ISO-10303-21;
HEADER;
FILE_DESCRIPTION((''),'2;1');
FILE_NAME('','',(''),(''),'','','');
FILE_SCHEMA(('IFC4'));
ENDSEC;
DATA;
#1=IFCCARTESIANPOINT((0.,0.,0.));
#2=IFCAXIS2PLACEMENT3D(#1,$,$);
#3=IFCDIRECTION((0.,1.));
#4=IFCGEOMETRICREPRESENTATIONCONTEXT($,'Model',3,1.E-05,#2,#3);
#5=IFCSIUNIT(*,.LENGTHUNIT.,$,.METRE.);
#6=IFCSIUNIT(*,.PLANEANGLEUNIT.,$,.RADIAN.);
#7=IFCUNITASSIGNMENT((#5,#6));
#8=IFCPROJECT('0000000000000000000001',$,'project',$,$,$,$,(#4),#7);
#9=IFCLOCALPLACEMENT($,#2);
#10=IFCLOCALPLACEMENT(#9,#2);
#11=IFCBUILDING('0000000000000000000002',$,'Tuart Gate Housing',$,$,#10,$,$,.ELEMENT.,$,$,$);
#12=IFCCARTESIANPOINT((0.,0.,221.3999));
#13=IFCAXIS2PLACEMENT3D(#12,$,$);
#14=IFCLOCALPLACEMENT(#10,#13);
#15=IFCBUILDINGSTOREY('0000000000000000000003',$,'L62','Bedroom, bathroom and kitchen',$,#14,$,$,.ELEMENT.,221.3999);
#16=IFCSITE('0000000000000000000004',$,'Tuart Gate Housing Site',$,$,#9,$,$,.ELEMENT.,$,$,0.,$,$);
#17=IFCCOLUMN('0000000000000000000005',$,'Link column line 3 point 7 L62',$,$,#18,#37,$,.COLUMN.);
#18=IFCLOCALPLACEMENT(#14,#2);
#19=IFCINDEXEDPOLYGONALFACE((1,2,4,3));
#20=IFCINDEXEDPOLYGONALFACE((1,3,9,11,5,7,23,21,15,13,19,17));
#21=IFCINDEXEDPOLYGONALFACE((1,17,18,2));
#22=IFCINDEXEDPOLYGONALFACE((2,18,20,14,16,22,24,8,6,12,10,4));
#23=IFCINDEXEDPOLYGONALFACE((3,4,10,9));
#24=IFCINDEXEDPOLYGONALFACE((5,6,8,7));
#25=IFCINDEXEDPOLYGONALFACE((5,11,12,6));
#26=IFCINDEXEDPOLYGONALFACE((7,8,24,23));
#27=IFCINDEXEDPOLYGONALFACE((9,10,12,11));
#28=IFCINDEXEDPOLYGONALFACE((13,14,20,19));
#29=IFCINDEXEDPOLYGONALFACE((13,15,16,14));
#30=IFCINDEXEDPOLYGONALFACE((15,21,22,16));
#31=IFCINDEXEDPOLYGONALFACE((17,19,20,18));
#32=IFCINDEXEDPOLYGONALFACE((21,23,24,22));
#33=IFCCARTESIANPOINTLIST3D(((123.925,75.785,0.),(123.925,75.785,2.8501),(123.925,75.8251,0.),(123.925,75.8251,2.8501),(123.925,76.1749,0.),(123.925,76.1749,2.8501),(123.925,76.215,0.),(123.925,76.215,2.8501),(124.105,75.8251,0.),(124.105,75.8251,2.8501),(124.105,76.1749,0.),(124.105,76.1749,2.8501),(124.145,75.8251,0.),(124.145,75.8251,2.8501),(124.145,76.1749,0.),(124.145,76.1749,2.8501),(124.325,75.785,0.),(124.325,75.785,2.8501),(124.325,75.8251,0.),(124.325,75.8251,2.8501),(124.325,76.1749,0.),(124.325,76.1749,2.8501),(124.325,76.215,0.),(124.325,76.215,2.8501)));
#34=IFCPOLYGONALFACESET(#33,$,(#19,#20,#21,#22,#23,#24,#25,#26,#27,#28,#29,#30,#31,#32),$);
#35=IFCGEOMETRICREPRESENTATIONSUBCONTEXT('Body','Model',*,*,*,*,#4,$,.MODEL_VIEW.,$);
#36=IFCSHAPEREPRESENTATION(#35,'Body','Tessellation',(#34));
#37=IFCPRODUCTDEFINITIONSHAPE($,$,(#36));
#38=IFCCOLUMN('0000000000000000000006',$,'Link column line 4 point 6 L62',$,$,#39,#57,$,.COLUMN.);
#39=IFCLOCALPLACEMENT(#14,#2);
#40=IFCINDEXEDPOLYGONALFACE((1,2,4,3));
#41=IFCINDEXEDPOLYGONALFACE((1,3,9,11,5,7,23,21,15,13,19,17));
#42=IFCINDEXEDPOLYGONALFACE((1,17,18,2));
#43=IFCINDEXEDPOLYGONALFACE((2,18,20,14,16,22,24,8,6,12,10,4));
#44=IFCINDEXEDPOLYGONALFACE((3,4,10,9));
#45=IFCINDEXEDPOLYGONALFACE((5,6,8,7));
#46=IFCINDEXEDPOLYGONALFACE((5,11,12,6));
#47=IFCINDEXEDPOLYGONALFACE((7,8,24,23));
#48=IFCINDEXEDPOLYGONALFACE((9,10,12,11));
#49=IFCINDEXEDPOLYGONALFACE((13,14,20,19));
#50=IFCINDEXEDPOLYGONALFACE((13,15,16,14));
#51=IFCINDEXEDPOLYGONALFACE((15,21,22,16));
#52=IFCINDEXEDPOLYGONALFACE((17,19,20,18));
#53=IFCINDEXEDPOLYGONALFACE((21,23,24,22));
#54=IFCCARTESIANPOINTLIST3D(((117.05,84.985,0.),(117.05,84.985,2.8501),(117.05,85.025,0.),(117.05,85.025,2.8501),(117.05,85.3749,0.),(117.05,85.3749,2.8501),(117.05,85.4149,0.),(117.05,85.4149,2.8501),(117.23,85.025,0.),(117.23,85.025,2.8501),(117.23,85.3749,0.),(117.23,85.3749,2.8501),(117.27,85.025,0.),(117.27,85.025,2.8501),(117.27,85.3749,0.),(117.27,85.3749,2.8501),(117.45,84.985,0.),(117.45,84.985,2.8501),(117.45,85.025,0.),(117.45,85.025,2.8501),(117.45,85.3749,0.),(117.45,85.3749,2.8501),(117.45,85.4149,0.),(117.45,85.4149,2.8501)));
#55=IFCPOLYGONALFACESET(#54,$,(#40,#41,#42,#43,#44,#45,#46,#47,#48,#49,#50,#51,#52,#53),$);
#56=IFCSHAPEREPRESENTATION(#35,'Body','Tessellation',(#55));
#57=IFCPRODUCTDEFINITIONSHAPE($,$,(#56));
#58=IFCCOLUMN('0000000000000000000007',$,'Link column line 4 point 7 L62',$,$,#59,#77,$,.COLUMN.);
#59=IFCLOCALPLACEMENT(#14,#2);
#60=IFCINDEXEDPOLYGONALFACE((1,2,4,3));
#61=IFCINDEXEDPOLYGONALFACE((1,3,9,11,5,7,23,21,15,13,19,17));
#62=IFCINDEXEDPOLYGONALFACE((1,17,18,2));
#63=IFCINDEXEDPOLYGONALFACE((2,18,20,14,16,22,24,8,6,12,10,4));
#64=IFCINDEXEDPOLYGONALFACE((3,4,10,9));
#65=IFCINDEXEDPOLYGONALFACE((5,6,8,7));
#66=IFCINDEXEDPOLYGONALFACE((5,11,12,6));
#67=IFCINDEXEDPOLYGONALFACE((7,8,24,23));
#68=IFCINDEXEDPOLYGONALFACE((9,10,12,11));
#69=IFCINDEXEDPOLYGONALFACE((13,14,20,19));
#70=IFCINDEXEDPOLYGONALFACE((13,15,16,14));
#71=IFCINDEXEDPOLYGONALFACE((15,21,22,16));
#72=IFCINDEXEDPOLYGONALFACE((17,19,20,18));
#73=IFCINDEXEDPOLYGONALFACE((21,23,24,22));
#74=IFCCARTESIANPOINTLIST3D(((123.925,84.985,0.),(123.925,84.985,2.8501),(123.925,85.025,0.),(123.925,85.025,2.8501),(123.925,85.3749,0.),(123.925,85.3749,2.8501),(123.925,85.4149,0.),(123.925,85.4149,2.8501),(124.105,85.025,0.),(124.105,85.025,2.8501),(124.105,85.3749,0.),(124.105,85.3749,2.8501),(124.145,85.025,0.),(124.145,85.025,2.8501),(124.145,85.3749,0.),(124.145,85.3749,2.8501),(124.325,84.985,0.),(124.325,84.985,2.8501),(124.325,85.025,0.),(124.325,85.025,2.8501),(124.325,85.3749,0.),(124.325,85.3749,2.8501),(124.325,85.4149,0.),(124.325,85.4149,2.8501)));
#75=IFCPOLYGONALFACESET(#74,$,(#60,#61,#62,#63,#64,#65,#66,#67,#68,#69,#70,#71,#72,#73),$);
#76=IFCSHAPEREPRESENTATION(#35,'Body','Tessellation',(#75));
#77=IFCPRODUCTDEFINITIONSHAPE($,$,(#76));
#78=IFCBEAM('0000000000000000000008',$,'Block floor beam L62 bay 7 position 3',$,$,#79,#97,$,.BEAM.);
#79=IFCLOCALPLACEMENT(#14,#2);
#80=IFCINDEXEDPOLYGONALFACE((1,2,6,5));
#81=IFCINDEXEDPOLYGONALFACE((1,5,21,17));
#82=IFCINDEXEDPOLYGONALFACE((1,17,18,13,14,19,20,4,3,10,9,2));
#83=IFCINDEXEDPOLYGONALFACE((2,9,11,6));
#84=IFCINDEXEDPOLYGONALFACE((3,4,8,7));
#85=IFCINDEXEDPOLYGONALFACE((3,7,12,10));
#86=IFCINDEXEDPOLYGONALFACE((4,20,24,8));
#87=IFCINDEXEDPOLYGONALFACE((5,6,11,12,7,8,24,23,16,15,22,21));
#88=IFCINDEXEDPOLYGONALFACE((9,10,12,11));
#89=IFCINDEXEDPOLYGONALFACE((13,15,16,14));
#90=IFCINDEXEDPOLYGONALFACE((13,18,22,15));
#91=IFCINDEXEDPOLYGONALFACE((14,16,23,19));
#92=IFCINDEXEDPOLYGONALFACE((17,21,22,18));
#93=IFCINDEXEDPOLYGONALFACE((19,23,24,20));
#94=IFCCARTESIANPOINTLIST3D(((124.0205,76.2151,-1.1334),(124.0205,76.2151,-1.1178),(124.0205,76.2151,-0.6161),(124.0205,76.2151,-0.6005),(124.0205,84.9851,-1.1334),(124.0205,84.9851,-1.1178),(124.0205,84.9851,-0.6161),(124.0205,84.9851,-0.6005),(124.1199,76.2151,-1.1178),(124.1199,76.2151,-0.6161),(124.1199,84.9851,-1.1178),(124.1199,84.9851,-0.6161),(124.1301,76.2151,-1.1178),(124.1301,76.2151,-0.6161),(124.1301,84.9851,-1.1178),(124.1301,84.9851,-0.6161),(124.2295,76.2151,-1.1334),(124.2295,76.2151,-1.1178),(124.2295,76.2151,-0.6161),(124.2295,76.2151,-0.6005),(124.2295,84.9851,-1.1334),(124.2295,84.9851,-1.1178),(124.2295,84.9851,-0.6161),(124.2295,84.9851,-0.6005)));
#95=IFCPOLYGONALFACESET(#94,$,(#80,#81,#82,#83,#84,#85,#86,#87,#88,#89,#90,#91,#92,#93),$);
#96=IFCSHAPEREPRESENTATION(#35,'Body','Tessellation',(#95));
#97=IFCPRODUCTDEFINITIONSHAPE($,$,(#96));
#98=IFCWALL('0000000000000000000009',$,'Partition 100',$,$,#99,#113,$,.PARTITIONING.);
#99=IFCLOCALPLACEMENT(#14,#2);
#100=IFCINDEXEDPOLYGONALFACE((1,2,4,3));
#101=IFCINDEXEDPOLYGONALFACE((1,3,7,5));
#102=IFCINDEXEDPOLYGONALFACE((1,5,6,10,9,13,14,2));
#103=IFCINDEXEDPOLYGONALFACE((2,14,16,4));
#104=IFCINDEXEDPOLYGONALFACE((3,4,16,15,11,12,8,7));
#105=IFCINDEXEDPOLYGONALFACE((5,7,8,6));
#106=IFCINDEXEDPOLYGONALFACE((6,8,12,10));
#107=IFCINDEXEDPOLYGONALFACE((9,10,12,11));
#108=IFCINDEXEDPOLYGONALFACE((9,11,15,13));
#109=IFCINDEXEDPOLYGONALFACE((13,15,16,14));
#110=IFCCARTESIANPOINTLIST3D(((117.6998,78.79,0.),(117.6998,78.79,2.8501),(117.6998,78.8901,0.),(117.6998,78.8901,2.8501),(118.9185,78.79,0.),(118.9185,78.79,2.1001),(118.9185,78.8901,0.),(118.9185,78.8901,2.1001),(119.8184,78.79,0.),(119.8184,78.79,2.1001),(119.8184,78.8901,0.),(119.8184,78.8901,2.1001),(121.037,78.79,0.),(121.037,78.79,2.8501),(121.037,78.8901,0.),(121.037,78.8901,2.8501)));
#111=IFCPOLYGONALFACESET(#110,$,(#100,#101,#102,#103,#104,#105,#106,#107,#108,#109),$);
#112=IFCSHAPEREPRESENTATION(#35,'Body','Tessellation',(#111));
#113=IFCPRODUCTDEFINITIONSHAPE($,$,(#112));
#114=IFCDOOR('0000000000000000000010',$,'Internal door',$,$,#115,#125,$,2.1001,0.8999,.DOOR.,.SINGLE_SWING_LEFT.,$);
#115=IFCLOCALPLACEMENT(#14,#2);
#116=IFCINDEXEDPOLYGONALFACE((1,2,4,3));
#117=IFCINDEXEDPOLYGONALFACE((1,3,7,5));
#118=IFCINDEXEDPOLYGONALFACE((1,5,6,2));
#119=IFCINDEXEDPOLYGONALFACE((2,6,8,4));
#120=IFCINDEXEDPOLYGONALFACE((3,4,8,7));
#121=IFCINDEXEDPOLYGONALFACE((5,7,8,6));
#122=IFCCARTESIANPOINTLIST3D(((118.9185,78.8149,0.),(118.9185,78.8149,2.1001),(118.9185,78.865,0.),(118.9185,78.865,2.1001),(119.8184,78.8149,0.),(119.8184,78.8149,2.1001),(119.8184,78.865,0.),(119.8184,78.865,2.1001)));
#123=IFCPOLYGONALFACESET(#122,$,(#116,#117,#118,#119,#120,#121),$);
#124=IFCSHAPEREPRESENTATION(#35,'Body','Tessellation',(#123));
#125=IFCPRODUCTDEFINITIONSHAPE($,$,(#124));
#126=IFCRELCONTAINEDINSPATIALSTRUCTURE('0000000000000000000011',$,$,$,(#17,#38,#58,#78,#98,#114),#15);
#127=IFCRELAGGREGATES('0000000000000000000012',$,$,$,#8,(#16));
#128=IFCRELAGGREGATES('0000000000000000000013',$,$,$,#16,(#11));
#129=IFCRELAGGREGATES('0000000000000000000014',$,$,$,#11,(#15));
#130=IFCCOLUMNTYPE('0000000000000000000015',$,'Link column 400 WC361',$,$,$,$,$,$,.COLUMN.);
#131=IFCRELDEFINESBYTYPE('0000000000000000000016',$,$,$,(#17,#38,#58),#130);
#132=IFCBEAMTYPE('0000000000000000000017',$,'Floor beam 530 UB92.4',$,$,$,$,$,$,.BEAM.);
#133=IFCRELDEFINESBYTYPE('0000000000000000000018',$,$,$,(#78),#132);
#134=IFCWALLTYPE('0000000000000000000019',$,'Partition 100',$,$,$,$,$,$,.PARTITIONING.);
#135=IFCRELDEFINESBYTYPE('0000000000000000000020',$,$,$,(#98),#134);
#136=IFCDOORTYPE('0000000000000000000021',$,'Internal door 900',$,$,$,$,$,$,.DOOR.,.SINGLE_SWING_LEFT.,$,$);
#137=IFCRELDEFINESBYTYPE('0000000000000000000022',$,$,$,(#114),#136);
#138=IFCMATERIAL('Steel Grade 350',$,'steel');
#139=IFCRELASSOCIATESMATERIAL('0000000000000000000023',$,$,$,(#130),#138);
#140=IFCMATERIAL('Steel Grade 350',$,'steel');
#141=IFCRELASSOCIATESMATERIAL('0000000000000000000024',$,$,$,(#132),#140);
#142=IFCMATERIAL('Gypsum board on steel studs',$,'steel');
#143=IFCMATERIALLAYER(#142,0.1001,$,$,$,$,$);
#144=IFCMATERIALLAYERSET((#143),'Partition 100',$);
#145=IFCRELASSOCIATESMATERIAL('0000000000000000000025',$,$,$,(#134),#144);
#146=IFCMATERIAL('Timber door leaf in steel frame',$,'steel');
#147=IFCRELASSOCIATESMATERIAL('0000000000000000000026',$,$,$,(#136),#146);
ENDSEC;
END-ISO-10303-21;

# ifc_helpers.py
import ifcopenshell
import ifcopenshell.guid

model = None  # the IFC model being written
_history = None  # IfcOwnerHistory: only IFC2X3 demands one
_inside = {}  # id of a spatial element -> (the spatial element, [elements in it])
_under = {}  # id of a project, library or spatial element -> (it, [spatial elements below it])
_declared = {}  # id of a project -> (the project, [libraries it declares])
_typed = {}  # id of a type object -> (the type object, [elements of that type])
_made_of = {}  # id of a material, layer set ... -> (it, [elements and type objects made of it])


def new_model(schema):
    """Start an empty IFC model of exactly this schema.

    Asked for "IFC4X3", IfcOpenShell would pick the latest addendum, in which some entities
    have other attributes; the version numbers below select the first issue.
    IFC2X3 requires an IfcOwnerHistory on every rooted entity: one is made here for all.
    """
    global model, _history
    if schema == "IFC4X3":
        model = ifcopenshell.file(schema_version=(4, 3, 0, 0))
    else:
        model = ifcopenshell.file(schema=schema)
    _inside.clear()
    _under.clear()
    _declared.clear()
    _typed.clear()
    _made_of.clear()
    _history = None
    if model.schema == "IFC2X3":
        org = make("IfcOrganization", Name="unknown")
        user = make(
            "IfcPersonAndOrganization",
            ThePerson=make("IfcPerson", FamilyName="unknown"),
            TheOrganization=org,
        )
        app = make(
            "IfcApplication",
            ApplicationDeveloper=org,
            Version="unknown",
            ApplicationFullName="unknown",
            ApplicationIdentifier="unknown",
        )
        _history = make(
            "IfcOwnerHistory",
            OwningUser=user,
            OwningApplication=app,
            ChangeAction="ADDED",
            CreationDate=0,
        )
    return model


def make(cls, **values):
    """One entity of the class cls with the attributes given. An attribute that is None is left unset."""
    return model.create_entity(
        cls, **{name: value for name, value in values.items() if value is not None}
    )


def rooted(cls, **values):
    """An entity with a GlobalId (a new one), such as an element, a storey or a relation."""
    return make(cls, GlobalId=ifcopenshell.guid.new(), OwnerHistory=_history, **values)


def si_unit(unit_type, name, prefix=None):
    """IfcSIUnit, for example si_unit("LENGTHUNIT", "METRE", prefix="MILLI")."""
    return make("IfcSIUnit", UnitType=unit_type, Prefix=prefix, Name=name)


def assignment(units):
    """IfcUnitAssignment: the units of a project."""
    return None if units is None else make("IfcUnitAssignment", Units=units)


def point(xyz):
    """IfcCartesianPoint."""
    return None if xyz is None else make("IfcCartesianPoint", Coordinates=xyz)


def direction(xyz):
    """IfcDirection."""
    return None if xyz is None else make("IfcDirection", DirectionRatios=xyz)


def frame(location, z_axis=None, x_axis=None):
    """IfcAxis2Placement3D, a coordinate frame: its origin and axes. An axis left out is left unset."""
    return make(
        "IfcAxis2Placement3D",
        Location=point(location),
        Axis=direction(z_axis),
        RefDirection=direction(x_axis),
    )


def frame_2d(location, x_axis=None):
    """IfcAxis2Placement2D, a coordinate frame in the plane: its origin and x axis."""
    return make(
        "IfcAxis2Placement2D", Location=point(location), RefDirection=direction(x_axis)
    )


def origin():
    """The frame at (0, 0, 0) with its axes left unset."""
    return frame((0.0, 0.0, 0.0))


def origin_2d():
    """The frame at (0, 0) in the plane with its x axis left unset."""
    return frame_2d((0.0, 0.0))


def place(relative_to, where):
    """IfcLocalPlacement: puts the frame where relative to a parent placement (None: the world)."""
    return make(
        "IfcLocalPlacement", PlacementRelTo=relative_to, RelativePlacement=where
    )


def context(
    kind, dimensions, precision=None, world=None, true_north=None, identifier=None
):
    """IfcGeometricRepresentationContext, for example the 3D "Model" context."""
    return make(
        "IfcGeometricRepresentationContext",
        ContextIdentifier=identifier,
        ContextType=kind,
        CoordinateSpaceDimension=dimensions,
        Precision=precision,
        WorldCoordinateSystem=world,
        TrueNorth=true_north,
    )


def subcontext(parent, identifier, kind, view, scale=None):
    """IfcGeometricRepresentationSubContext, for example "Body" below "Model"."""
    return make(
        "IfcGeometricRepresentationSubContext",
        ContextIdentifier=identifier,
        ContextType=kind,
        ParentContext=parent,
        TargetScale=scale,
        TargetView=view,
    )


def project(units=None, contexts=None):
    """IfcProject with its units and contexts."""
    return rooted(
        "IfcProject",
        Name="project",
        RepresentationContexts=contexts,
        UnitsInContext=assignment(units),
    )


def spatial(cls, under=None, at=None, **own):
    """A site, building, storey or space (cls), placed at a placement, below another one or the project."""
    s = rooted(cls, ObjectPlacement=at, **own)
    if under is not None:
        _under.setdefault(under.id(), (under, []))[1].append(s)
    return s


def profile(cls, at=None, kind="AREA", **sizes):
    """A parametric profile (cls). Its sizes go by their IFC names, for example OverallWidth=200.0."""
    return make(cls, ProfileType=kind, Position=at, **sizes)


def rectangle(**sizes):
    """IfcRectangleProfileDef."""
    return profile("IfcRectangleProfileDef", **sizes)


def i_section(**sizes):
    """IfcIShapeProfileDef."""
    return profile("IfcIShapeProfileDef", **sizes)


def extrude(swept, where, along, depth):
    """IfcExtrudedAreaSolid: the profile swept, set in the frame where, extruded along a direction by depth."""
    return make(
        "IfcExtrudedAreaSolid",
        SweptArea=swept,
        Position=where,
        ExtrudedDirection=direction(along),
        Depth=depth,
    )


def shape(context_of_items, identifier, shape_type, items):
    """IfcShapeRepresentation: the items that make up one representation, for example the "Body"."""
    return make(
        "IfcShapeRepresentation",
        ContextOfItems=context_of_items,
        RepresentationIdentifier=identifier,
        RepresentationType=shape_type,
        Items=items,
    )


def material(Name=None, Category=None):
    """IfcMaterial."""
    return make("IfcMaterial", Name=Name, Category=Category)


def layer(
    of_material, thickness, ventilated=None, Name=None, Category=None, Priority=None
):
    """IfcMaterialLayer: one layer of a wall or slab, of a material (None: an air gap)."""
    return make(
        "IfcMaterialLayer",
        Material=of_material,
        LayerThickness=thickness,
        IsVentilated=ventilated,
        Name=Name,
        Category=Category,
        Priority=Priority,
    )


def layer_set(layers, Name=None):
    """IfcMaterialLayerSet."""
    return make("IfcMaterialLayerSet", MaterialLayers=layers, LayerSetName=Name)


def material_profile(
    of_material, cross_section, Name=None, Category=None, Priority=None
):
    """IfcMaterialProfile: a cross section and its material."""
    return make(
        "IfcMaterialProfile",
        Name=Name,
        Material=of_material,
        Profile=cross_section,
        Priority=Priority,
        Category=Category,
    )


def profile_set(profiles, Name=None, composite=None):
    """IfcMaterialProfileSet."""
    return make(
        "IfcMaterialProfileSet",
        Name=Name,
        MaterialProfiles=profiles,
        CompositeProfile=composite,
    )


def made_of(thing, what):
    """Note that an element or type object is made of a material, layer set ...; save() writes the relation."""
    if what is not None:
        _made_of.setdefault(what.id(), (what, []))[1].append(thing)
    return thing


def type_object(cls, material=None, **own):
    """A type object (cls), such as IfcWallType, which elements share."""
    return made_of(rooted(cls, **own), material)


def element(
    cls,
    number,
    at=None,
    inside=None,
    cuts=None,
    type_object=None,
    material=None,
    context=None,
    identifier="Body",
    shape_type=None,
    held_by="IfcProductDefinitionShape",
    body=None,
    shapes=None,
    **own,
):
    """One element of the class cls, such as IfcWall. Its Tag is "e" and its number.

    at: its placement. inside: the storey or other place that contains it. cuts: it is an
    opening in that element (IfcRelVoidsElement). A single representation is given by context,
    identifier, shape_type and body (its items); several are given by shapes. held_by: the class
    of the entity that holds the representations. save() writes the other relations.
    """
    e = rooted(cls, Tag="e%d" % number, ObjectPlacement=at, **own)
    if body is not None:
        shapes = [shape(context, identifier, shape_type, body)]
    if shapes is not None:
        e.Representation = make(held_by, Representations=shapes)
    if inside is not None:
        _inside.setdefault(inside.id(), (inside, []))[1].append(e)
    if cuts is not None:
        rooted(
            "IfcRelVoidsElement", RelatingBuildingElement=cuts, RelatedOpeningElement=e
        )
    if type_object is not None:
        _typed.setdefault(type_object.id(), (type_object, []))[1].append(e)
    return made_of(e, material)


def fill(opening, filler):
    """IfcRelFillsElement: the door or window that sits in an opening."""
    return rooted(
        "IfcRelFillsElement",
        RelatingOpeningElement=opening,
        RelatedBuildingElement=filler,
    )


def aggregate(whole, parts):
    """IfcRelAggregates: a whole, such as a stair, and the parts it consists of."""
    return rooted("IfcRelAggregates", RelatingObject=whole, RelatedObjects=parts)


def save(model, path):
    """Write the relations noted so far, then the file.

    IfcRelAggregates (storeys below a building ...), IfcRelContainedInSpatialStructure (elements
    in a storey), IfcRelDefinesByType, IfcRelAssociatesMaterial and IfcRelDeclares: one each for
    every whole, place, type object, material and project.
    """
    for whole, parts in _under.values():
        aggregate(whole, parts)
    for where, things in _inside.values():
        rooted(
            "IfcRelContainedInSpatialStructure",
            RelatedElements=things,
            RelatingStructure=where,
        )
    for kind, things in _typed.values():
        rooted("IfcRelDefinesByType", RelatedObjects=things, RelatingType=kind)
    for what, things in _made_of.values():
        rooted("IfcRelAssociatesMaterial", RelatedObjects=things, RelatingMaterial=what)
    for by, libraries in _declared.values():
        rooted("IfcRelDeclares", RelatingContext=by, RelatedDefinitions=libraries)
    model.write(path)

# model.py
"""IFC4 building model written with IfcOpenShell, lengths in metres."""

from ifc_helpers import new_model, si_unit, direction, frame, frame_2d, origin, origin_2d, place, context, subcontext, project, spatial, rectangle, i_section, extrude, material, layer, layer_set, material_profile, profile_set, type_object, element, fill, save


model = new_model("IFC4")

# Units and contexts
model_context = context("Model", 3, precision=1e-05, world=origin(), true_north=direction((0.0, 1.0)))
body_context = subcontext(model_context, "Body", "Model", "MODEL_VIEW")
ifc_project = project(units=[si_unit("LENGTHUNIT", "METRE"), si_unit("PLANEANGLEUNIT", "RADIAN")], contexts=[model_context])

# Site, building, storey
site_placement = place(None, origin())
site = spatial("IfcSite", under=ifc_project, at=site_placement, Name="Tuart Gate Housing Site", CompositionType="ELEMENT", RefElevation=0.0)
building_placement = place(site_placement, origin())
building = spatial("IfcBuilding", under=site, at=building_placement, Name="Tuart Gate Housing", CompositionType="ELEMENT")
storey_placement = place(building_placement, frame((0.0, 0.0, 221.3999)))
storey = spatial("IfcBuildingStorey", under=building, at=storey_placement, Name="L62", Description="Bedroom, bathroom and kitchen", CompositionType="ELEMENT", Elevation=221.3999)

# Columns
ifc_material_1 = material(Name="Steel Grade 350", Category="steel")
ifc_material_profile_1 = material_profile(ifc_material_1, i_section(OverallWidth=0.3999, OverallDepth=0.4299, WebThickness=0.04, FlangeThickness=0.04, at=origin_2d()), Name="400WC361")
ifc_profile_set_1 = profile_set([ifc_material_profile_1], Name="Steel Grade 350")
column_type = type_object("IfcColumnType", Name="Link column 400 WC361", PredefinedType="COLUMN", material=ifc_profile_set_1)
for number, where, z_axis, x_axis, name in (
    (1, (124.125, 76.0, 0.0), (0.0, 0.0, 1.0), (1.0, 0.0, 0.0), "Link column line 3 point 7 L62"),
    (2, (117.25, 85.2, 0.0), (0.0, 0.0, 1.0), (1.0, 0.0, 0.0), "Link column line 4 point 6 L62"),
    (3, (124.125, 85.2, 0.0), (0.0, 0.0, 1.0), (1.0, 0.0, 0.0), "Link column line 4 point 7 L62"),
):
    element("IfcColumn", number, at=place(storey_placement, frame(where, z_axis=z_axis, x_axis=x_axis)), inside=storey, type_object=column_type, Name=name, PredefinedType="COLUMN", context=body_context, shape_type="SweptSolid", body=[
        extrude(i_section(OverallWidth=0.3999, OverallDepth=0.4299, WebThickness=0.04, FlangeThickness=0.04, at=origin_2d()), origin(), (0.0, 0.0, 1.0), 2.8501),
    ])

# Beam
ifc_material_2 = material(Name="Steel Grade 350", Category="steel")
ifc_material_profile_2 = material_profile(ifc_material_2, i_section(OverallWidth=0.209, OverallDepth=0.533, WebThickness=0.0103, FlangeThickness=0.0156, at=origin_2d()), Name="530UB92.4")
ifc_profile_set_2 = profile_set([ifc_material_profile_2], Name="Steel Grade 350")
beam_type = type_object("IfcBeamType", Name="Floor beam 530 UB92.4", PredefinedType="BEAM", material=ifc_profile_set_2)
beam_placement = place(storey_placement, frame((124.125, 76.2151, -0.8669), z_axis=(0.0, 1.0, 0.0), x_axis=(-1.0, 0.0, 0.0)))
element("IfcBeam", 4, at=beam_placement, inside=storey, type_object=beam_type, Name="Block floor beam L62 bay 7 position 3", PredefinedType="BEAM", context=body_context, shape_type="SweptSolid", body=[
    extrude(i_section(OverallWidth=0.209, OverallDepth=0.533, WebThickness=0.0103, FlangeThickness=0.0156, at=origin_2d()), origin(), (0.0, 0.0, 1.0), 8.77),
])

# Wall, opening, door
ifc_material_3 = material(Name="Gypsum board on steel studs", Category="steel")
ifc_layer = layer(ifc_material_3, 0.1001)
ifc_layer_set = layer_set([ifc_layer], Name="Partition 100")
wall_type = type_object("IfcWallType", Name="Partition 100", PredefinedType="PARTITIONING", material=ifc_layer_set)
wall_placement = place(storey_placement, frame((117.7, 78.8401, 0.0), z_axis=(0.0, 0.0, 1.0), x_axis=(1.0, 0.0, 0.0)))
wall = element("IfcWall", 5, at=wall_placement, inside=storey, type_object=wall_type, Name="Partition 100", PredefinedType="PARTITIONING", context=body_context, shape_type="SweptSolid", body=[
    extrude(rectangle(XDim=3.3372, YDim=0.1001, at=frame_2d((1.6685, 0.0))), origin(), (0.0, 0.0, 1.0), 2.8501),
])
opening_placement = place(wall_placement, frame((1.2185, 0.0, 0.0)))
opening = element("IfcOpeningElement", 6, at=opening_placement, cuts=wall, PredefinedType="OPENING", context=body_context, shape_type="SweptSolid", body=[
    extrude(rectangle(XDim=0.8999, YDim=2.1001, at=frame_2d((0.45, 1.05))), frame((0.0, 0.0601, 0.0), z_axis=(0.0, -1.0, 0.0), x_axis=(1.0, 0.0, 0.0)), (0.0, 0.0, 1.0), 0.1201),
])
ifc_material_4 = material(Name="Timber door leaf in steel frame", Category="steel")
door_type = type_object("IfcDoorType", Name="Internal door 900", OperationType="SINGLE_SWING_LEFT", PredefinedType="DOOR", material=ifc_material_4)
door_placement = place(opening_placement, frame((0.8999, 0.0, 0.0), z_axis=(0.0, 0.0, 1.0), x_axis=(-1.0, 0.0, 0.0)))
door = element("IfcDoor", 7, at=door_placement, inside=storey, type_object=door_type, Name="Internal door", OperationType="SINGLE_SWING_LEFT", OverallHeight=2.1001, OverallWidth=0.8999, PredefinedType="DOOR", context=body_context, shape_type="SweptSolid", body=[
    extrude(rectangle(XDim=0.8999, YDim=2.1001, at=frame_2d((0.45, 1.05))), frame((0.0, 0.0251, 0.0), z_axis=(0.0, -1.0, 0.0), x_axis=(1.0, 0.0, 0.0)), (0.0, 0.0, 1.0), 0.05),
])
fill(opening, door)

save(model, "model.ifc")
